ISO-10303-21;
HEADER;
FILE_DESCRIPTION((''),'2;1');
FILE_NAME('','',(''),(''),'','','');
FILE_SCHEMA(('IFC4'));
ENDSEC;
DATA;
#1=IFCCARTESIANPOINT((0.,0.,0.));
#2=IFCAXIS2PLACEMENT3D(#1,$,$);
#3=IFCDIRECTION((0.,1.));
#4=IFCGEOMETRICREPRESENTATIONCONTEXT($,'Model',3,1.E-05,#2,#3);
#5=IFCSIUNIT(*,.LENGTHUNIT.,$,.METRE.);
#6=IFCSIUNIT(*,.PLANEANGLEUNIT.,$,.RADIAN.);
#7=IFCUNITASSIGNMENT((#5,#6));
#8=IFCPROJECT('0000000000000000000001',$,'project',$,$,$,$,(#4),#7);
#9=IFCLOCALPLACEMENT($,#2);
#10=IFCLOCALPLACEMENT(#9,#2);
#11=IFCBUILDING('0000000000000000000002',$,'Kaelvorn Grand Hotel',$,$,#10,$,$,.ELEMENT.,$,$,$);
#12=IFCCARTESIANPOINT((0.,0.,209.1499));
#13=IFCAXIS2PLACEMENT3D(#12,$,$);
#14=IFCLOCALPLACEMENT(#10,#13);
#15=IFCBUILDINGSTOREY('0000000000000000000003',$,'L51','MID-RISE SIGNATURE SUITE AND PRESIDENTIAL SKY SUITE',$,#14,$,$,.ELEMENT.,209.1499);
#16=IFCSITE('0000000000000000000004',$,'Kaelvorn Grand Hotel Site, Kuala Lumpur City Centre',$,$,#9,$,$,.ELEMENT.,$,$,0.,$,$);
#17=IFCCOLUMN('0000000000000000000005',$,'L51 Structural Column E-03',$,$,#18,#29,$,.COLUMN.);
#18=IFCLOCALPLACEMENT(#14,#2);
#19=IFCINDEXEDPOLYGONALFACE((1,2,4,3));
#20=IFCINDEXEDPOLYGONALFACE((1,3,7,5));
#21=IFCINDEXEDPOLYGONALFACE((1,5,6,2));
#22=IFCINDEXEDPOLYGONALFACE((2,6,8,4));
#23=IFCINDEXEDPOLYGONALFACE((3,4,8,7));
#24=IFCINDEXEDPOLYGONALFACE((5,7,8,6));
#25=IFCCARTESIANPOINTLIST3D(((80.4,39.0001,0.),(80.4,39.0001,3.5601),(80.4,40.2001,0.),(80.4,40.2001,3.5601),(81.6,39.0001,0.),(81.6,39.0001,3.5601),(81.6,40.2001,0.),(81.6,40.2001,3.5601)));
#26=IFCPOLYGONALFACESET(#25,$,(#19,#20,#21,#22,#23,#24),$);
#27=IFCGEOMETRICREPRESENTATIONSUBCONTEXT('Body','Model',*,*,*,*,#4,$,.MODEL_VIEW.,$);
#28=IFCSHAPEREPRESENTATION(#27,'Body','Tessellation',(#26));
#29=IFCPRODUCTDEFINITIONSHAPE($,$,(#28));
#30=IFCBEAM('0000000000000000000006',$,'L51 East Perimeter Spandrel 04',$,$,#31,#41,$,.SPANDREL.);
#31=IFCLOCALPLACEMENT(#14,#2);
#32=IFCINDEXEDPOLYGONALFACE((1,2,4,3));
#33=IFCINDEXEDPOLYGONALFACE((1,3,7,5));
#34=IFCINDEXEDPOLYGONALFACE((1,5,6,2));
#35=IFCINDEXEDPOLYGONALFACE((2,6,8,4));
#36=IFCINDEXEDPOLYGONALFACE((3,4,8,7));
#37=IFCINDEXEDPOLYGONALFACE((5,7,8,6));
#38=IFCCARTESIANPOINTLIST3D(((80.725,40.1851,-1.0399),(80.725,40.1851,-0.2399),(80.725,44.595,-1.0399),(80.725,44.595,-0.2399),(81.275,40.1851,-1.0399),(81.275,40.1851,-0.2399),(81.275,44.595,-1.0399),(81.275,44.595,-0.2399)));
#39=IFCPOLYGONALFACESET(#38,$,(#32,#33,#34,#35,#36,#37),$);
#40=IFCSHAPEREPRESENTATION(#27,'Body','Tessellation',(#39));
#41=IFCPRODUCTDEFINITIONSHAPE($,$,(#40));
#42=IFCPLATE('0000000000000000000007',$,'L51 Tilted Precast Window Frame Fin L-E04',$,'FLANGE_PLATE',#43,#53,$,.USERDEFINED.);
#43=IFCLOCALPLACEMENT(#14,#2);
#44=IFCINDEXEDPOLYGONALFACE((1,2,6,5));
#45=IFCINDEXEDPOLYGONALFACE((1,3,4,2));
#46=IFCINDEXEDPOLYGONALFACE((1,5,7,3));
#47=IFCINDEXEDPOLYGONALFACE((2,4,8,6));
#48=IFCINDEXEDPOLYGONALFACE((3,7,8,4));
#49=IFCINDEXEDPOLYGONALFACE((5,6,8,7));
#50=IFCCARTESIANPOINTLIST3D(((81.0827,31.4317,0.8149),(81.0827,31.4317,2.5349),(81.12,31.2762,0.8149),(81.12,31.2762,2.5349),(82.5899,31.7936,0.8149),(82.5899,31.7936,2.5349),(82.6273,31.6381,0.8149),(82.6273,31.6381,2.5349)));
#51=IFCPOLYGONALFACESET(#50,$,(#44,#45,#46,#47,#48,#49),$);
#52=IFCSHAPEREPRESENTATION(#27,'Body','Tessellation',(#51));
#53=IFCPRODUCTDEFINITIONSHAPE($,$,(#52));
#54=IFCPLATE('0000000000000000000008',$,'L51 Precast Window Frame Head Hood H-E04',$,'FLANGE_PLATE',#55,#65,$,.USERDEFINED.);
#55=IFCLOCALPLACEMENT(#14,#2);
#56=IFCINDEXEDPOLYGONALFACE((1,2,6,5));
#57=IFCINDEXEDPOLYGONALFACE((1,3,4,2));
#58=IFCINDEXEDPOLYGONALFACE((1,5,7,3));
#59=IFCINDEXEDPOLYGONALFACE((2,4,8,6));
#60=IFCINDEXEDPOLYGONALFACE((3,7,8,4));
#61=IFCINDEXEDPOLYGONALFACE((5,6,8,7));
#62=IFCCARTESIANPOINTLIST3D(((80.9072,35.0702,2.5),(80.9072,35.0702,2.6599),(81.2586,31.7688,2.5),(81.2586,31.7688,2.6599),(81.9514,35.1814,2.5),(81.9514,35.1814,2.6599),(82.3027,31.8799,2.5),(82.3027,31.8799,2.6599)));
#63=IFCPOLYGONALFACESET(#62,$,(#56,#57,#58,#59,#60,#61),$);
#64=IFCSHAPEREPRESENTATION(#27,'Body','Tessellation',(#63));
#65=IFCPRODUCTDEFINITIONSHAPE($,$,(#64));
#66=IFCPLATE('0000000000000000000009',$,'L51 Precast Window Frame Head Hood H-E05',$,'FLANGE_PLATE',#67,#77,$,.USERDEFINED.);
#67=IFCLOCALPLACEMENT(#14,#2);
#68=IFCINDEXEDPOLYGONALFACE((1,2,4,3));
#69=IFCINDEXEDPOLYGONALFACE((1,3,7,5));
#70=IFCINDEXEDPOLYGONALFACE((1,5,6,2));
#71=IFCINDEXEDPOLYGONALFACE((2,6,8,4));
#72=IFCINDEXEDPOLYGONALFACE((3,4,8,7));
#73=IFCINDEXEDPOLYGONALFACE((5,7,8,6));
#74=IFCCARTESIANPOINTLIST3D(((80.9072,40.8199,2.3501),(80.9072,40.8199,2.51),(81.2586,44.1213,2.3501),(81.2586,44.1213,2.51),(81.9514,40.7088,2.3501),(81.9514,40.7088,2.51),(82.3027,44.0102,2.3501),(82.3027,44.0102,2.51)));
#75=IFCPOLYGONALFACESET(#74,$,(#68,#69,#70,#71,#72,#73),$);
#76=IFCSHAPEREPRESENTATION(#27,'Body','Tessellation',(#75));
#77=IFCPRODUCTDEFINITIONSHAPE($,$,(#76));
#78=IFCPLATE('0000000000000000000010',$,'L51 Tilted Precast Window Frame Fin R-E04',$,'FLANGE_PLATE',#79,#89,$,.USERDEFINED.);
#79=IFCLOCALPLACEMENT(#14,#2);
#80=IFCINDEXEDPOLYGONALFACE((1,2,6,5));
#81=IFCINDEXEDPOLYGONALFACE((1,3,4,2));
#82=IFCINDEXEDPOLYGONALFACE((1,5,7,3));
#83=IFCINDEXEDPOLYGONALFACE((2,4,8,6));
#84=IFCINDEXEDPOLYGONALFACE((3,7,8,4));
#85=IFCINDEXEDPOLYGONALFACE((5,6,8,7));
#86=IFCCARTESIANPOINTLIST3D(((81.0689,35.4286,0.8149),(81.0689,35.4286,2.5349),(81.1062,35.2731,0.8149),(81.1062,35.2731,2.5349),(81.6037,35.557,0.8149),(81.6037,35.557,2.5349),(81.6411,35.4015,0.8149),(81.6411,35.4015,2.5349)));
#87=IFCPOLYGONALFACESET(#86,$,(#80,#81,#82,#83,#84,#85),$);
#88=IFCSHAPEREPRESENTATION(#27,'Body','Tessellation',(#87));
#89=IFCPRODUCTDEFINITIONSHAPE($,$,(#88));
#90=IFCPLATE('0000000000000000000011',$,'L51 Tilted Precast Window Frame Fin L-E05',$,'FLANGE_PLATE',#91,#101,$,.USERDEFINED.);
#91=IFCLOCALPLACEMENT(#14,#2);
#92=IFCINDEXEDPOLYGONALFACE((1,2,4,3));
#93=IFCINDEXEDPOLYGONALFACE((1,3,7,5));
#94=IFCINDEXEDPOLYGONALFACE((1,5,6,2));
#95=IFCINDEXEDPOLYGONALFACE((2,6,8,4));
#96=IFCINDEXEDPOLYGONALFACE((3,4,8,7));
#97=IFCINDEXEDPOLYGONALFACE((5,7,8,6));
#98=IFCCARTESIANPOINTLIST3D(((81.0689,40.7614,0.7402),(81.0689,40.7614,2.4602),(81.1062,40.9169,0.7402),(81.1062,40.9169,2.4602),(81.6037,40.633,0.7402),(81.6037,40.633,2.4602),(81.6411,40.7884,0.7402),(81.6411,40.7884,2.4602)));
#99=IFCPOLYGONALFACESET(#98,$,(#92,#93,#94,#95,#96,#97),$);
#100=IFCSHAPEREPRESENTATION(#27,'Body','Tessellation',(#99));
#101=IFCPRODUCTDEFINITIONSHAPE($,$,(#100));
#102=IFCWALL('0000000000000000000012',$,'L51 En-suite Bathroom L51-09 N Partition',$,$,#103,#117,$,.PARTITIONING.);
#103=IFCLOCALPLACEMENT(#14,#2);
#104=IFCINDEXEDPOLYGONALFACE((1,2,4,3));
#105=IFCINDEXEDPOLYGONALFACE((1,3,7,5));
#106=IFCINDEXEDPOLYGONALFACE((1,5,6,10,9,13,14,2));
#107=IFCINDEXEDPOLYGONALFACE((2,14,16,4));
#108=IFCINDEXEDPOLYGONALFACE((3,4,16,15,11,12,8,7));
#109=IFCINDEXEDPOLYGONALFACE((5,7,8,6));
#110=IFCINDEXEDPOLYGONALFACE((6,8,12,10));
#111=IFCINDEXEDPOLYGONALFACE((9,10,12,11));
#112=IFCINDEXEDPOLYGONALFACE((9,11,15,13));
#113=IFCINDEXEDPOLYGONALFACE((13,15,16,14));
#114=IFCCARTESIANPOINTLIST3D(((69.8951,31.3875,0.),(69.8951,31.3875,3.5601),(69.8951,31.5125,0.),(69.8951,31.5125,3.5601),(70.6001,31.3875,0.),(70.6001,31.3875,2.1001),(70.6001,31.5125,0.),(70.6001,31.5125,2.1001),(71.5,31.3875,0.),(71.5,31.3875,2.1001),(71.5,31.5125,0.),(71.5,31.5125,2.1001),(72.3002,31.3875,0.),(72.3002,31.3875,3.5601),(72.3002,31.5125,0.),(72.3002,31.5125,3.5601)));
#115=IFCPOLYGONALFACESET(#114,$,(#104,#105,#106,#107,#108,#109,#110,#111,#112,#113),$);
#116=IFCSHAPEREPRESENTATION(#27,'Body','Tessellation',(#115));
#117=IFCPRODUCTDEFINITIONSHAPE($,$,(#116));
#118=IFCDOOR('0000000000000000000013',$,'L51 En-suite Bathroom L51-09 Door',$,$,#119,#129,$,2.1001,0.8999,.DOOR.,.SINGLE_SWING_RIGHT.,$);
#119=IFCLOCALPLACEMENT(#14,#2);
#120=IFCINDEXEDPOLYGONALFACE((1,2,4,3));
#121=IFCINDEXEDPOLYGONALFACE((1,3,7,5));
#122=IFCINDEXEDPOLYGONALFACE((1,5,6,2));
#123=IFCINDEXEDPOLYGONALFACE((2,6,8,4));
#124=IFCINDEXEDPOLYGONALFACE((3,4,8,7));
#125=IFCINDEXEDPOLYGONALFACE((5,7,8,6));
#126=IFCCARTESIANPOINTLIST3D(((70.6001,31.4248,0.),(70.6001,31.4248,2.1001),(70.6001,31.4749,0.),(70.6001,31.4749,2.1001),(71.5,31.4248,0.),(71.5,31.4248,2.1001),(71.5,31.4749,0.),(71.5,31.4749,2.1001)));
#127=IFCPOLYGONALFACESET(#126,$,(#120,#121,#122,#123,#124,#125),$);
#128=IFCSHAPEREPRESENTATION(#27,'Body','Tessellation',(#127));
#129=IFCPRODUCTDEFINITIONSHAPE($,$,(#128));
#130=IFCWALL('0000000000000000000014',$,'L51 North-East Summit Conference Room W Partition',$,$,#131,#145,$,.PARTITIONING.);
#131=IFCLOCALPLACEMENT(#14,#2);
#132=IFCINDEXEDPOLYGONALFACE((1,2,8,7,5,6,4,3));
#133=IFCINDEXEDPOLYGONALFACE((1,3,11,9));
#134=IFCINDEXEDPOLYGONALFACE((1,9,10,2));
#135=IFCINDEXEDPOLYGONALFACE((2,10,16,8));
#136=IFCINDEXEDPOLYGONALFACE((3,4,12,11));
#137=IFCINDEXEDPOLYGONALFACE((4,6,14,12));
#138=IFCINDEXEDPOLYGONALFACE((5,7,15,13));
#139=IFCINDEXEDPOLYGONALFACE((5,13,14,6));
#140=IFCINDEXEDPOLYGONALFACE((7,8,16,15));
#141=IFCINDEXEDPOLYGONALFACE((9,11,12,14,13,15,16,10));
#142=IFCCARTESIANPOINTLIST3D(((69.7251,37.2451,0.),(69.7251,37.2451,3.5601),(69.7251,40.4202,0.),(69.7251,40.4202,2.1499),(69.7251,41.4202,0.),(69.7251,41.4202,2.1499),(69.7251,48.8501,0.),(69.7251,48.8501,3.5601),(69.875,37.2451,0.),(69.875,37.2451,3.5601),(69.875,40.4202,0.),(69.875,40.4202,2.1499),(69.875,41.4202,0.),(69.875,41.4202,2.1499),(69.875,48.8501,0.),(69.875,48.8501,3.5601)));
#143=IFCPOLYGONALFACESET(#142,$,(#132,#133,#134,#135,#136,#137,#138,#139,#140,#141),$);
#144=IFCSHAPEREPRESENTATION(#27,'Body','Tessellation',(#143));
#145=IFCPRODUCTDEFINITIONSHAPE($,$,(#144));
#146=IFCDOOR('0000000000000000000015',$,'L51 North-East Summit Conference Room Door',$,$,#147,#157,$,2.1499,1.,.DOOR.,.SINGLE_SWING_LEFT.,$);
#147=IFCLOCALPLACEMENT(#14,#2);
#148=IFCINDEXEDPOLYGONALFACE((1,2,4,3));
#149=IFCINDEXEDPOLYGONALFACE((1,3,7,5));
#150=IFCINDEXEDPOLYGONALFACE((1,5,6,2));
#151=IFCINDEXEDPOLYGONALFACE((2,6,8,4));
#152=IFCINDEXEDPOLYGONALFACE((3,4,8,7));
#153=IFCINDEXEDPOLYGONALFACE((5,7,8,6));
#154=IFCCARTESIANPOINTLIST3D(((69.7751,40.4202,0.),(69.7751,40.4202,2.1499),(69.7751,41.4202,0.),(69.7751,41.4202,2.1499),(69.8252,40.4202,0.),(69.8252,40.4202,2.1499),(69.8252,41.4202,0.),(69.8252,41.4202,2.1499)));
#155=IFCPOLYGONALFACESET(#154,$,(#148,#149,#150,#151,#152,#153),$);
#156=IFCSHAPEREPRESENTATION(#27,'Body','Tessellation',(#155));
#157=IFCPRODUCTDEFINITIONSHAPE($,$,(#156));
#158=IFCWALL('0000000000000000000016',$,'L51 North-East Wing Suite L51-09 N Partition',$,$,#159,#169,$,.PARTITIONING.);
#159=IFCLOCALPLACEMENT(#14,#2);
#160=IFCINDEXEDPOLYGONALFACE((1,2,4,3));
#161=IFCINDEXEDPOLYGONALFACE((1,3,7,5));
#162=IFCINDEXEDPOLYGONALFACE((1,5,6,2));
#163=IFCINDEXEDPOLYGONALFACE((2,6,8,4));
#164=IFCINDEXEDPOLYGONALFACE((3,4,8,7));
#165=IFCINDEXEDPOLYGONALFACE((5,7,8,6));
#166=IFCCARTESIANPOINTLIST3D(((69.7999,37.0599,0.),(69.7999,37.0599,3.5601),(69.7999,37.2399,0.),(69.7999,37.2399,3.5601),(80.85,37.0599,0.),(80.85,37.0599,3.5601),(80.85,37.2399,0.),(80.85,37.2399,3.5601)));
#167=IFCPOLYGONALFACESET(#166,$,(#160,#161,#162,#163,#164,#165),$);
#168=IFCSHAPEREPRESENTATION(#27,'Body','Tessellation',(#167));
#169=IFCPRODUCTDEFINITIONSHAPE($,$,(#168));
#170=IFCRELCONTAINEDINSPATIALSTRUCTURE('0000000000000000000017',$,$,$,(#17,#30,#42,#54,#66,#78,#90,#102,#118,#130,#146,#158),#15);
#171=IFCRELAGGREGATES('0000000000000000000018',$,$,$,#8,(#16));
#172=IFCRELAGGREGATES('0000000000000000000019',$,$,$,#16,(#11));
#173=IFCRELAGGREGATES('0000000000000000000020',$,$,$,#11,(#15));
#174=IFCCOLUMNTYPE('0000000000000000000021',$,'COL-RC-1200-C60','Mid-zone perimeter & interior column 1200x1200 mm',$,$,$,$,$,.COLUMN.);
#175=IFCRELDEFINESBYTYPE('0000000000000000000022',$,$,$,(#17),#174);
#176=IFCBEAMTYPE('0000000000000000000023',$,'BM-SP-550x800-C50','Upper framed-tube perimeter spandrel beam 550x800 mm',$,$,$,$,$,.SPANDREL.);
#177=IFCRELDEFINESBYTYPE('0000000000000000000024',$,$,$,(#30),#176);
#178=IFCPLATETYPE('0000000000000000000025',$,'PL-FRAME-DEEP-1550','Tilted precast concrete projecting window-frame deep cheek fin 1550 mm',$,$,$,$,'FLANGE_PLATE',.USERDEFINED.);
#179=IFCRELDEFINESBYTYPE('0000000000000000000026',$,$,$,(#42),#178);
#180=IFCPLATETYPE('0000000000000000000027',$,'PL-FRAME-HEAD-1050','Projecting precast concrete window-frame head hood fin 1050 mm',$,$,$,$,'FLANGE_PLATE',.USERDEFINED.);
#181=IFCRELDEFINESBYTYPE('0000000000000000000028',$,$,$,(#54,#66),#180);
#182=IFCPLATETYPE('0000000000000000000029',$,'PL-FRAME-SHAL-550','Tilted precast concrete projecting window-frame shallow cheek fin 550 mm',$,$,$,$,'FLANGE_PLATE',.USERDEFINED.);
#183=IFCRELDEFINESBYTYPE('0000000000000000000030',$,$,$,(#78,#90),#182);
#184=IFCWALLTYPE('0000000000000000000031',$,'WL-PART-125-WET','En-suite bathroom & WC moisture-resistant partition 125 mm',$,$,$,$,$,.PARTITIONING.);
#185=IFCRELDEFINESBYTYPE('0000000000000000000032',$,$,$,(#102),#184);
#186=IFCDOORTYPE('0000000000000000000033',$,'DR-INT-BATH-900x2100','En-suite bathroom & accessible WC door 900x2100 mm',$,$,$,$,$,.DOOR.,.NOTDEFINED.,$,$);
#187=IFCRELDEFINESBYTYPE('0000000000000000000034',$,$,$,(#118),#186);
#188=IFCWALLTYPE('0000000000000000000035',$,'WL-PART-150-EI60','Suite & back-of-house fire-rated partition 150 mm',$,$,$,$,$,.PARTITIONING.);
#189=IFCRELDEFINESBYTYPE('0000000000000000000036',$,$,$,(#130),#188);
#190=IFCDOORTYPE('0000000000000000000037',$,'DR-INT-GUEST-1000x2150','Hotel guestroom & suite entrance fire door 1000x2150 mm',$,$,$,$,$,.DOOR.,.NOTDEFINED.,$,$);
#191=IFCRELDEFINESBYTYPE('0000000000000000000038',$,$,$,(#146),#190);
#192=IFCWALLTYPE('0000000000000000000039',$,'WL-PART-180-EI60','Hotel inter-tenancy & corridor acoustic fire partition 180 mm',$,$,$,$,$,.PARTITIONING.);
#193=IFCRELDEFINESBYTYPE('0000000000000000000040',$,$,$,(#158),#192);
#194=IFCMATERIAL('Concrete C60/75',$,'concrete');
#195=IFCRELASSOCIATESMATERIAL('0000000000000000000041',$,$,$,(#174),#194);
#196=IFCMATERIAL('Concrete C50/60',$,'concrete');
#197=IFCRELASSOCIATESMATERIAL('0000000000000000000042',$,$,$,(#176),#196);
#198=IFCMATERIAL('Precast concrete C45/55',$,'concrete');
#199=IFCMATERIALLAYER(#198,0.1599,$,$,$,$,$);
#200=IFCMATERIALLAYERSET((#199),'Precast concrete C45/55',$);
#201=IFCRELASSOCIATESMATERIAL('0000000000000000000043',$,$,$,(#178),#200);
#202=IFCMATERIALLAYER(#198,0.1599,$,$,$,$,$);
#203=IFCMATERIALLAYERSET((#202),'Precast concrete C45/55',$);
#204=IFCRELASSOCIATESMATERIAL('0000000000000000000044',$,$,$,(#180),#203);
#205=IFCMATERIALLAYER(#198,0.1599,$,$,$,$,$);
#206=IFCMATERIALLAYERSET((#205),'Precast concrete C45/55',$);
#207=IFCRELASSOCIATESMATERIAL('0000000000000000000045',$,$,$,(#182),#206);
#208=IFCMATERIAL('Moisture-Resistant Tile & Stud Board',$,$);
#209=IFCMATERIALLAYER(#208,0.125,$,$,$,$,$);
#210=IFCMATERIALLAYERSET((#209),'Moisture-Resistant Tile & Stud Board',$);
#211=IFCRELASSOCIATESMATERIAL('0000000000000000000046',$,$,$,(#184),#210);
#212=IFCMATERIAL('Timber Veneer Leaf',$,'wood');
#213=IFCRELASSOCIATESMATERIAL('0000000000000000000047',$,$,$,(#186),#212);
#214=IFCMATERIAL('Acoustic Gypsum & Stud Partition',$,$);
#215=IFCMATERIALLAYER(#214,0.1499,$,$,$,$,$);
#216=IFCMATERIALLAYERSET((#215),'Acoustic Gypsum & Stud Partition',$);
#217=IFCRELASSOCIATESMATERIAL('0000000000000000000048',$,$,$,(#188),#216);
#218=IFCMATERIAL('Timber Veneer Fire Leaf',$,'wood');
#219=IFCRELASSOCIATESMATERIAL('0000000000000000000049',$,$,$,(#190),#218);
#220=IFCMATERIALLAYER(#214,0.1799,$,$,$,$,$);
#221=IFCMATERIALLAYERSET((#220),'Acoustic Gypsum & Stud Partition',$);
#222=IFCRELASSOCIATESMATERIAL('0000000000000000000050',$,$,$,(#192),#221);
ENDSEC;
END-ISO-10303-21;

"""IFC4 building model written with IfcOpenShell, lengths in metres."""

from ifc_helpers import new_model, si_unit, direction, frame, frame_2d, origin, origin_2d, place, context, subcontext, project, spatial, rectangle, extrude, material, layer, layer_set, material_profile, profile_set, type_object, element, fill, save


model = new_model("IFC4")

# Units and contexts
model_context = context("Model", 3, precision=1e-05, world=origin(), true_north=direction((0.0, 1.0)))
body_context = subcontext(model_context, "Body", "Model", "MODEL_VIEW")
ifc_project = project(units=[si_unit("LENGTHUNIT", "METRE"), si_unit("PLANEANGLEUNIT", "RADIAN")], contexts=[model_context])

# Site, building, storey
site_placement = place(None, origin())
site = spatial("IfcSite", under=ifc_project, at=site_placement, Name="Kaelvorn Grand Hotel Site, Kuala Lumpur City Centre", CompositionType="ELEMENT", RefElevation=0.0)
building_placement = place(site_placement, origin())
building = spatial("IfcBuilding", under=site, at=building_placement, Name="Kaelvorn Grand Hotel", CompositionType="ELEMENT")
storey_placement = place(building_placement, frame((0.0, 0.0, 209.1499)))
storey = spatial("IfcBuildingStorey", under=building, at=storey_placement, Name="L51", Description="MID-RISE SIGNATURE SUITE AND PRESIDENTIAL SKY SUITE", CompositionType="ELEMENT", Elevation=209.1499)

# Column
ifc_material_1 = material(Name="Concrete C60/75", Category="concrete")
ifc_material_profile_1 = material_profile(ifc_material_1, rectangle(XDim=1.2, YDim=1.2, at=origin_2d()), Name="RC COL 1200x1200")
ifc_profile_set_1 = profile_set([ifc_material_profile_1], Name="Concrete C60/75")
column_type = type_object("IfcColumnType", Name="COL-RC-1200-C60", Description="Mid-zone perimeter & interior column 1200x1200 mm", PredefinedType="COLUMN", material=ifc_profile_set_1)
column_placement = place(storey_placement, frame((81.0, 39.6001, 0.0), z_axis=(0.0, 0.0, 1.0), x_axis=(1.0, 0.0, 0.0)))
element("IfcColumn", 1, at=column_placement, inside=storey, type_object=column_type, Name="L51 Structural Column E-03", PredefinedType="COLUMN", context=body_context, shape_type="SweptSolid", body=[
    extrude(rectangle(XDim=1.2, YDim=1.2, at=origin_2d()), origin(), (0.0, 0.0, 1.0), 3.5601),
])

# Beam
ifc_material_2 = material(Name="Concrete C50/60", Category="concrete")
ifc_material_profile_2 = material_profile(ifc_material_2, rectangle(XDim=0.55, YDim=0.8, at=origin_2d()), Name="RC SPANDREL 550x800")
ifc_profile_set_2 = profile_set([ifc_material_profile_2], Name="Concrete C50/60")
beam_type = type_object("IfcBeamType", Name="BM-SP-550x800-C50", Description="Upper framed-tube perimeter spandrel beam 550x800 mm", PredefinedType="SPANDREL", material=ifc_profile_set_2)
beam_placement = place(storey_placement, frame((81.0, 40.1851, -0.6399), z_axis=(0.0, 1.0, 0.0), x_axis=(-1.0, 0.0, 0.0)))
element("IfcBeam", 2, at=beam_placement, inside=storey, type_object=beam_type, Name="L51 East Perimeter Spandrel 04", PredefinedType="SPANDREL", context=body_context, shape_type="SweptSolid", body=[
    extrude(rectangle(XDim=0.55, YDim=0.8, at=origin_2d()), origin(), (0.0, 0.0, 1.0), 4.4099),
])

# Plates
ifc_material_3 = material(Name="Precast concrete C45/55", Category="concrete")
ifc_layer_1 = layer(ifc_material_3, 0.1599)
ifc_layer_set_1 = layer_set([ifc_layer_1], Name="Precast concrete C45/55")
plate_type_1 = type_object("IfcPlateType", Name="PL-FRAME-DEEP-1550", Description="Tilted precast concrete projecting window-frame deep cheek fin 1550 mm", ElementType="FLANGE_PLATE", PredefinedType="USERDEFINED", material=ifc_layer_set_1)
plate_placement = place(storey_placement, frame((81.855, 31.5349, 0.8149), z_axis=(0.0, 0.0, 1.0), x_axis=(-0.233445, 0.97237, 0.0)))
element("IfcPlate", 3, at=plate_placement, inside=storey, type_object=plate_type_1, Name="L51 Tilted Precast Window Frame Fin L-E04", ObjectType="FLANGE_PLATE", PredefinedType="USERDEFINED", context=body_context, shape_type="SweptSolid", body=[
    extrude(rectangle(XDim=0.1599, YDim=1.55, at=origin_2d()), origin(), (0.0, 0.0, 1.0), 1.72),
])
ifc_layer_2 = layer(ifc_material_3, 0.1599)
ifc_layer_set_2 = layer_set([ifc_layer_2], Name="Precast concrete C45/55")
plate_type_2 = type_object("IfcPlateType", Name="PL-FRAME-HEAD-1050", Description="Projecting precast concrete window-frame head hood fin 1050 mm", ElementType="FLANGE_PLATE", PredefinedType="USERDEFINED", material=ifc_layer_set_2)
for number, where, z_axis, x_axis, name in (
    (4, (81.605, 33.4751, 2.5), (0.0, 0.0, 1.0), (-0.10583, 0.994384, 0.0), "L51 Precast Window Frame Head Hood H-E04"),
    (5, (81.605, 42.415, 2.3501), (0.0, 0.0, 1.0), (0.10583, 0.994384, 0.0), "L51 Precast Window Frame Head Hood H-E05"),
):
    element("IfcPlate", number, at=place(storey_placement, frame(where, z_axis=z_axis, x_axis=x_axis)), inside=storey, type_object=plate_type_2, Name=name, ObjectType="FLANGE_PLATE", PredefinedType="USERDEFINED", context=body_context, shape_type="SweptSolid", body=[
        extrude(rectangle(XDim=3.3201, YDim=1.05, at=origin_2d()), origin(), (0.0, 0.0, 1.0), 0.1599),
    ])
ifc_layer_3 = layer(ifc_material_3, 0.1599)
ifc_layer_set_3 = layer_set([ifc_layer_3], Name="Precast concrete C45/55")
plate_type_3 = type_object("IfcPlateType", Name="PL-FRAME-SHAL-550", Description="Tilted precast concrete projecting window-frame shallow cheek fin 550 mm", ElementType="FLANGE_PLATE", PredefinedType="USERDEFINED", material=ifc_layer_set_3)
for number, where, z_axis, x_axis, name in (
    (6, (81.355, 35.415, 0.8149), (0.0, 0.0, 1.0), (-0.233445, 0.97237, 0.0), "L51 Tilted Precast Window Frame Fin R-E04"),
    (7, (81.355, 40.7749, 0.7402), (0.0, 0.0, 1.0), (0.233445, 0.97237, 0.0), "L51 Tilted Precast Window Frame Fin L-E05"),
):
    element("IfcPlate", number, at=place(storey_placement, frame(where, z_axis=z_axis, x_axis=x_axis)), inside=storey, type_object=plate_type_3, Name=name, ObjectType="FLANGE_PLATE", PredefinedType="USERDEFINED", context=body_context, shape_type="SweptSolid", body=[
        extrude(rectangle(XDim=0.1599, YDim=0.55, at=origin_2d()), origin(), (0.0, 0.0, 1.0), 1.72),
    ])

# Walls, openings, doors
ifc_material_4 = material(Name="Moisture-Resistant Tile & Stud Board")
ifc_layer_4 = layer(ifc_material_4, 0.125)
ifc_layer_set_4 = layer_set([ifc_layer_4], Name="Moisture-Resistant Tile & Stud Board")
wall_type_1 = type_object("IfcWallType", Name="WL-PART-125-WET", Description="En-suite bathroom & WC moisture-resistant partition 125 mm", PredefinedType="PARTITIONING", material=ifc_layer_set_4)
wall_1_placement = place(storey_placement, frame((69.895, 31.45, 0.0), z_axis=(0.0, 0.0, 1.0), x_axis=(1.0, 0.0, 0.0)))
wall_1 = element("IfcWall", 8, at=wall_1_placement, inside=storey, type_object=wall_type_1, Name="L51 En-suite Bathroom L51-09 N Partition", PredefinedType="PARTITIONING", context=body_context, shape_type="SweptSolid", body=[
    extrude(rectangle(XDim=2.405, YDim=0.125, at=frame_2d((1.2026, 0.0))), origin(), (0.0, 0.0, 1.0), 3.5601),
])
opening_1_placement = place(wall_1_placement, frame((0.7051, 0.0, 0.0)))
opening_1 = element("IfcOpeningElement", 9, at=opening_1_placement, cuts=wall_1, PredefinedType="OPENING", context=body_context, shape_type="SweptSolid", body=[
    extrude(rectangle(XDim=0.8999, YDim=2.1001, at=frame_2d((0.45, 1.05))), frame((0.0, 0.0725, 0.0), z_axis=(0.0, -1.0, 0.0), x_axis=(1.0, 0.0, 0.0)), (0.0, 0.0, 1.0), 0.145),
])
ifc_material_5 = material(Name="Timber Veneer Leaf", Category="wood")
door_type_1 = type_object("IfcDoorType", Name="DR-INT-BATH-900x2100", Description="En-suite bathroom & accessible WC door 900x2100 mm", OperationType="NOTDEFINED", PredefinedType="DOOR", material=ifc_material_5)
door_1_placement = place(opening_1_placement, origin())
door_1 = element("IfcDoor", 10, at=door_1_placement, inside=storey, type_object=door_type_1, Name="L51 En-suite Bathroom L51-09 Door", OperationType="SINGLE_SWING_RIGHT", OverallHeight=2.1001, OverallWidth=0.8999, PredefinedType="DOOR", context=body_context, shape_type="SweptSolid", body=[
    extrude(rectangle(XDim=0.8999, YDim=2.1001, at=frame_2d((0.45, 1.05))), frame((0.0, 0.0249, 0.0), z_axis=(0.0, -1.0, 0.0), x_axis=(1.0, 0.0, 0.0)), (0.0, 0.0, 1.0), 0.05),
])
fill(opening_1, door_1)
ifc_material_6 = material(Name="Acoustic Gypsum & Stud Partition")
ifc_layer_5 = layer(ifc_material_6, 0.1499)
ifc_layer_set_5 = layer_set([ifc_layer_5], Name="Acoustic Gypsum & Stud Partition")
wall_type_2 = type_object("IfcWallType", Name="WL-PART-150-EI60", Description="Suite & back-of-house fire-rated partition 150 mm", PredefinedType="PARTITIONING", material=ifc_layer_set_5)
wall_2_placement = place(storey_placement, frame((69.8, 37.2451, 0.0), z_axis=(0.0, 0.0, 1.0), x_axis=(0.0, 1.0, 0.0)))
wall_2 = element("IfcWall", 11, at=wall_2_placement, inside=storey, type_object=wall_type_2, Name="L51 North-East Summit Conference Room W Partition", PredefinedType="PARTITIONING", context=body_context, shape_type="SweptSolid", body=[
    extrude(rectangle(XDim=11.605, YDim=0.1499, at=frame_2d((5.8025, 0.0))), origin(), (0.0, 0.0, 1.0), 3.5601),
])
opening_2_placement = place(wall_2_placement, frame((3.175, 0.0, 0.0)))
opening_2 = element("IfcOpeningElement", 12, at=opening_2_placement, cuts=wall_2, PredefinedType="OPENING", context=body_context, shape_type="SweptSolid", body=[
    extrude(rectangle(XDim=1.0, YDim=2.1499, at=frame_2d((0.5, 1.075))), frame((0.0, 0.085, 0.0), z_axis=(0.0, -1.0, 0.0), x_axis=(1.0, 0.0, 0.0)), (0.0, 0.0, 1.0), 0.1699),
])
ifc_material_7 = material(Name="Timber Veneer Fire Leaf", Category="wood")
door_type_2 = type_object("IfcDoorType", Name="DR-INT-GUEST-1000x2150", Description="Hotel guestroom & suite entrance fire door 1000x2150 mm", OperationType="NOTDEFINED", PredefinedType="DOOR", material=ifc_material_7)
door_2_placement = place(opening_2_placement, origin())
door_2 = element("IfcDoor", 13, at=door_2_placement, inside=storey, type_object=door_type_2, Name="L51 North-East Summit Conference Room Door", OperationType="SINGLE_SWING_LEFT", OverallHeight=2.1499, OverallWidth=1.0, PredefinedType="DOOR", context=body_context, shape_type="SweptSolid", body=[
    extrude(rectangle(XDim=1.0, YDim=2.1499, at=frame_2d((0.5, 1.075))), frame((0.0, 0.0249, 0.0), z_axis=(0.0, -1.0, 0.0), x_axis=(1.0, 0.0, 0.0)), (0.0, 0.0, 1.0), 0.05),
])
fill(opening_2, door_2)

# Wall
ifc_layer_6 = layer(ifc_material_6, 0.1799)
ifc_layer_set_6 = layer_set([ifc_layer_6], Name="Acoustic Gypsum & Stud Partition")
wall_type_3 = type_object("IfcWallType", Name="WL-PART-180-EI60", Description="Hotel inter-tenancy & corridor acoustic fire partition 180 mm", PredefinedType="PARTITIONING", material=ifc_layer_set_6)
wall_3_placement = place(storey_placement, frame((69.8, 37.1499, 0.0), z_axis=(0.0, 0.0, 1.0), x_axis=(1.0, 0.0, 0.0)))
element("IfcWall", 14, at=wall_3_placement, inside=storey, type_object=wall_type_3, Name="L51 North-East Wing Suite L51-09 N Partition", PredefinedType="PARTITIONING", context=body_context, shape_type="SweptSolid", body=[
    extrude(rectangle(XDim=11.05, YDim=0.1799, at=frame_2d((5.5249, 0.0))), origin(), (0.0, 0.0, 1.0), 3.5601),
])

save(model, "model.ifc")
